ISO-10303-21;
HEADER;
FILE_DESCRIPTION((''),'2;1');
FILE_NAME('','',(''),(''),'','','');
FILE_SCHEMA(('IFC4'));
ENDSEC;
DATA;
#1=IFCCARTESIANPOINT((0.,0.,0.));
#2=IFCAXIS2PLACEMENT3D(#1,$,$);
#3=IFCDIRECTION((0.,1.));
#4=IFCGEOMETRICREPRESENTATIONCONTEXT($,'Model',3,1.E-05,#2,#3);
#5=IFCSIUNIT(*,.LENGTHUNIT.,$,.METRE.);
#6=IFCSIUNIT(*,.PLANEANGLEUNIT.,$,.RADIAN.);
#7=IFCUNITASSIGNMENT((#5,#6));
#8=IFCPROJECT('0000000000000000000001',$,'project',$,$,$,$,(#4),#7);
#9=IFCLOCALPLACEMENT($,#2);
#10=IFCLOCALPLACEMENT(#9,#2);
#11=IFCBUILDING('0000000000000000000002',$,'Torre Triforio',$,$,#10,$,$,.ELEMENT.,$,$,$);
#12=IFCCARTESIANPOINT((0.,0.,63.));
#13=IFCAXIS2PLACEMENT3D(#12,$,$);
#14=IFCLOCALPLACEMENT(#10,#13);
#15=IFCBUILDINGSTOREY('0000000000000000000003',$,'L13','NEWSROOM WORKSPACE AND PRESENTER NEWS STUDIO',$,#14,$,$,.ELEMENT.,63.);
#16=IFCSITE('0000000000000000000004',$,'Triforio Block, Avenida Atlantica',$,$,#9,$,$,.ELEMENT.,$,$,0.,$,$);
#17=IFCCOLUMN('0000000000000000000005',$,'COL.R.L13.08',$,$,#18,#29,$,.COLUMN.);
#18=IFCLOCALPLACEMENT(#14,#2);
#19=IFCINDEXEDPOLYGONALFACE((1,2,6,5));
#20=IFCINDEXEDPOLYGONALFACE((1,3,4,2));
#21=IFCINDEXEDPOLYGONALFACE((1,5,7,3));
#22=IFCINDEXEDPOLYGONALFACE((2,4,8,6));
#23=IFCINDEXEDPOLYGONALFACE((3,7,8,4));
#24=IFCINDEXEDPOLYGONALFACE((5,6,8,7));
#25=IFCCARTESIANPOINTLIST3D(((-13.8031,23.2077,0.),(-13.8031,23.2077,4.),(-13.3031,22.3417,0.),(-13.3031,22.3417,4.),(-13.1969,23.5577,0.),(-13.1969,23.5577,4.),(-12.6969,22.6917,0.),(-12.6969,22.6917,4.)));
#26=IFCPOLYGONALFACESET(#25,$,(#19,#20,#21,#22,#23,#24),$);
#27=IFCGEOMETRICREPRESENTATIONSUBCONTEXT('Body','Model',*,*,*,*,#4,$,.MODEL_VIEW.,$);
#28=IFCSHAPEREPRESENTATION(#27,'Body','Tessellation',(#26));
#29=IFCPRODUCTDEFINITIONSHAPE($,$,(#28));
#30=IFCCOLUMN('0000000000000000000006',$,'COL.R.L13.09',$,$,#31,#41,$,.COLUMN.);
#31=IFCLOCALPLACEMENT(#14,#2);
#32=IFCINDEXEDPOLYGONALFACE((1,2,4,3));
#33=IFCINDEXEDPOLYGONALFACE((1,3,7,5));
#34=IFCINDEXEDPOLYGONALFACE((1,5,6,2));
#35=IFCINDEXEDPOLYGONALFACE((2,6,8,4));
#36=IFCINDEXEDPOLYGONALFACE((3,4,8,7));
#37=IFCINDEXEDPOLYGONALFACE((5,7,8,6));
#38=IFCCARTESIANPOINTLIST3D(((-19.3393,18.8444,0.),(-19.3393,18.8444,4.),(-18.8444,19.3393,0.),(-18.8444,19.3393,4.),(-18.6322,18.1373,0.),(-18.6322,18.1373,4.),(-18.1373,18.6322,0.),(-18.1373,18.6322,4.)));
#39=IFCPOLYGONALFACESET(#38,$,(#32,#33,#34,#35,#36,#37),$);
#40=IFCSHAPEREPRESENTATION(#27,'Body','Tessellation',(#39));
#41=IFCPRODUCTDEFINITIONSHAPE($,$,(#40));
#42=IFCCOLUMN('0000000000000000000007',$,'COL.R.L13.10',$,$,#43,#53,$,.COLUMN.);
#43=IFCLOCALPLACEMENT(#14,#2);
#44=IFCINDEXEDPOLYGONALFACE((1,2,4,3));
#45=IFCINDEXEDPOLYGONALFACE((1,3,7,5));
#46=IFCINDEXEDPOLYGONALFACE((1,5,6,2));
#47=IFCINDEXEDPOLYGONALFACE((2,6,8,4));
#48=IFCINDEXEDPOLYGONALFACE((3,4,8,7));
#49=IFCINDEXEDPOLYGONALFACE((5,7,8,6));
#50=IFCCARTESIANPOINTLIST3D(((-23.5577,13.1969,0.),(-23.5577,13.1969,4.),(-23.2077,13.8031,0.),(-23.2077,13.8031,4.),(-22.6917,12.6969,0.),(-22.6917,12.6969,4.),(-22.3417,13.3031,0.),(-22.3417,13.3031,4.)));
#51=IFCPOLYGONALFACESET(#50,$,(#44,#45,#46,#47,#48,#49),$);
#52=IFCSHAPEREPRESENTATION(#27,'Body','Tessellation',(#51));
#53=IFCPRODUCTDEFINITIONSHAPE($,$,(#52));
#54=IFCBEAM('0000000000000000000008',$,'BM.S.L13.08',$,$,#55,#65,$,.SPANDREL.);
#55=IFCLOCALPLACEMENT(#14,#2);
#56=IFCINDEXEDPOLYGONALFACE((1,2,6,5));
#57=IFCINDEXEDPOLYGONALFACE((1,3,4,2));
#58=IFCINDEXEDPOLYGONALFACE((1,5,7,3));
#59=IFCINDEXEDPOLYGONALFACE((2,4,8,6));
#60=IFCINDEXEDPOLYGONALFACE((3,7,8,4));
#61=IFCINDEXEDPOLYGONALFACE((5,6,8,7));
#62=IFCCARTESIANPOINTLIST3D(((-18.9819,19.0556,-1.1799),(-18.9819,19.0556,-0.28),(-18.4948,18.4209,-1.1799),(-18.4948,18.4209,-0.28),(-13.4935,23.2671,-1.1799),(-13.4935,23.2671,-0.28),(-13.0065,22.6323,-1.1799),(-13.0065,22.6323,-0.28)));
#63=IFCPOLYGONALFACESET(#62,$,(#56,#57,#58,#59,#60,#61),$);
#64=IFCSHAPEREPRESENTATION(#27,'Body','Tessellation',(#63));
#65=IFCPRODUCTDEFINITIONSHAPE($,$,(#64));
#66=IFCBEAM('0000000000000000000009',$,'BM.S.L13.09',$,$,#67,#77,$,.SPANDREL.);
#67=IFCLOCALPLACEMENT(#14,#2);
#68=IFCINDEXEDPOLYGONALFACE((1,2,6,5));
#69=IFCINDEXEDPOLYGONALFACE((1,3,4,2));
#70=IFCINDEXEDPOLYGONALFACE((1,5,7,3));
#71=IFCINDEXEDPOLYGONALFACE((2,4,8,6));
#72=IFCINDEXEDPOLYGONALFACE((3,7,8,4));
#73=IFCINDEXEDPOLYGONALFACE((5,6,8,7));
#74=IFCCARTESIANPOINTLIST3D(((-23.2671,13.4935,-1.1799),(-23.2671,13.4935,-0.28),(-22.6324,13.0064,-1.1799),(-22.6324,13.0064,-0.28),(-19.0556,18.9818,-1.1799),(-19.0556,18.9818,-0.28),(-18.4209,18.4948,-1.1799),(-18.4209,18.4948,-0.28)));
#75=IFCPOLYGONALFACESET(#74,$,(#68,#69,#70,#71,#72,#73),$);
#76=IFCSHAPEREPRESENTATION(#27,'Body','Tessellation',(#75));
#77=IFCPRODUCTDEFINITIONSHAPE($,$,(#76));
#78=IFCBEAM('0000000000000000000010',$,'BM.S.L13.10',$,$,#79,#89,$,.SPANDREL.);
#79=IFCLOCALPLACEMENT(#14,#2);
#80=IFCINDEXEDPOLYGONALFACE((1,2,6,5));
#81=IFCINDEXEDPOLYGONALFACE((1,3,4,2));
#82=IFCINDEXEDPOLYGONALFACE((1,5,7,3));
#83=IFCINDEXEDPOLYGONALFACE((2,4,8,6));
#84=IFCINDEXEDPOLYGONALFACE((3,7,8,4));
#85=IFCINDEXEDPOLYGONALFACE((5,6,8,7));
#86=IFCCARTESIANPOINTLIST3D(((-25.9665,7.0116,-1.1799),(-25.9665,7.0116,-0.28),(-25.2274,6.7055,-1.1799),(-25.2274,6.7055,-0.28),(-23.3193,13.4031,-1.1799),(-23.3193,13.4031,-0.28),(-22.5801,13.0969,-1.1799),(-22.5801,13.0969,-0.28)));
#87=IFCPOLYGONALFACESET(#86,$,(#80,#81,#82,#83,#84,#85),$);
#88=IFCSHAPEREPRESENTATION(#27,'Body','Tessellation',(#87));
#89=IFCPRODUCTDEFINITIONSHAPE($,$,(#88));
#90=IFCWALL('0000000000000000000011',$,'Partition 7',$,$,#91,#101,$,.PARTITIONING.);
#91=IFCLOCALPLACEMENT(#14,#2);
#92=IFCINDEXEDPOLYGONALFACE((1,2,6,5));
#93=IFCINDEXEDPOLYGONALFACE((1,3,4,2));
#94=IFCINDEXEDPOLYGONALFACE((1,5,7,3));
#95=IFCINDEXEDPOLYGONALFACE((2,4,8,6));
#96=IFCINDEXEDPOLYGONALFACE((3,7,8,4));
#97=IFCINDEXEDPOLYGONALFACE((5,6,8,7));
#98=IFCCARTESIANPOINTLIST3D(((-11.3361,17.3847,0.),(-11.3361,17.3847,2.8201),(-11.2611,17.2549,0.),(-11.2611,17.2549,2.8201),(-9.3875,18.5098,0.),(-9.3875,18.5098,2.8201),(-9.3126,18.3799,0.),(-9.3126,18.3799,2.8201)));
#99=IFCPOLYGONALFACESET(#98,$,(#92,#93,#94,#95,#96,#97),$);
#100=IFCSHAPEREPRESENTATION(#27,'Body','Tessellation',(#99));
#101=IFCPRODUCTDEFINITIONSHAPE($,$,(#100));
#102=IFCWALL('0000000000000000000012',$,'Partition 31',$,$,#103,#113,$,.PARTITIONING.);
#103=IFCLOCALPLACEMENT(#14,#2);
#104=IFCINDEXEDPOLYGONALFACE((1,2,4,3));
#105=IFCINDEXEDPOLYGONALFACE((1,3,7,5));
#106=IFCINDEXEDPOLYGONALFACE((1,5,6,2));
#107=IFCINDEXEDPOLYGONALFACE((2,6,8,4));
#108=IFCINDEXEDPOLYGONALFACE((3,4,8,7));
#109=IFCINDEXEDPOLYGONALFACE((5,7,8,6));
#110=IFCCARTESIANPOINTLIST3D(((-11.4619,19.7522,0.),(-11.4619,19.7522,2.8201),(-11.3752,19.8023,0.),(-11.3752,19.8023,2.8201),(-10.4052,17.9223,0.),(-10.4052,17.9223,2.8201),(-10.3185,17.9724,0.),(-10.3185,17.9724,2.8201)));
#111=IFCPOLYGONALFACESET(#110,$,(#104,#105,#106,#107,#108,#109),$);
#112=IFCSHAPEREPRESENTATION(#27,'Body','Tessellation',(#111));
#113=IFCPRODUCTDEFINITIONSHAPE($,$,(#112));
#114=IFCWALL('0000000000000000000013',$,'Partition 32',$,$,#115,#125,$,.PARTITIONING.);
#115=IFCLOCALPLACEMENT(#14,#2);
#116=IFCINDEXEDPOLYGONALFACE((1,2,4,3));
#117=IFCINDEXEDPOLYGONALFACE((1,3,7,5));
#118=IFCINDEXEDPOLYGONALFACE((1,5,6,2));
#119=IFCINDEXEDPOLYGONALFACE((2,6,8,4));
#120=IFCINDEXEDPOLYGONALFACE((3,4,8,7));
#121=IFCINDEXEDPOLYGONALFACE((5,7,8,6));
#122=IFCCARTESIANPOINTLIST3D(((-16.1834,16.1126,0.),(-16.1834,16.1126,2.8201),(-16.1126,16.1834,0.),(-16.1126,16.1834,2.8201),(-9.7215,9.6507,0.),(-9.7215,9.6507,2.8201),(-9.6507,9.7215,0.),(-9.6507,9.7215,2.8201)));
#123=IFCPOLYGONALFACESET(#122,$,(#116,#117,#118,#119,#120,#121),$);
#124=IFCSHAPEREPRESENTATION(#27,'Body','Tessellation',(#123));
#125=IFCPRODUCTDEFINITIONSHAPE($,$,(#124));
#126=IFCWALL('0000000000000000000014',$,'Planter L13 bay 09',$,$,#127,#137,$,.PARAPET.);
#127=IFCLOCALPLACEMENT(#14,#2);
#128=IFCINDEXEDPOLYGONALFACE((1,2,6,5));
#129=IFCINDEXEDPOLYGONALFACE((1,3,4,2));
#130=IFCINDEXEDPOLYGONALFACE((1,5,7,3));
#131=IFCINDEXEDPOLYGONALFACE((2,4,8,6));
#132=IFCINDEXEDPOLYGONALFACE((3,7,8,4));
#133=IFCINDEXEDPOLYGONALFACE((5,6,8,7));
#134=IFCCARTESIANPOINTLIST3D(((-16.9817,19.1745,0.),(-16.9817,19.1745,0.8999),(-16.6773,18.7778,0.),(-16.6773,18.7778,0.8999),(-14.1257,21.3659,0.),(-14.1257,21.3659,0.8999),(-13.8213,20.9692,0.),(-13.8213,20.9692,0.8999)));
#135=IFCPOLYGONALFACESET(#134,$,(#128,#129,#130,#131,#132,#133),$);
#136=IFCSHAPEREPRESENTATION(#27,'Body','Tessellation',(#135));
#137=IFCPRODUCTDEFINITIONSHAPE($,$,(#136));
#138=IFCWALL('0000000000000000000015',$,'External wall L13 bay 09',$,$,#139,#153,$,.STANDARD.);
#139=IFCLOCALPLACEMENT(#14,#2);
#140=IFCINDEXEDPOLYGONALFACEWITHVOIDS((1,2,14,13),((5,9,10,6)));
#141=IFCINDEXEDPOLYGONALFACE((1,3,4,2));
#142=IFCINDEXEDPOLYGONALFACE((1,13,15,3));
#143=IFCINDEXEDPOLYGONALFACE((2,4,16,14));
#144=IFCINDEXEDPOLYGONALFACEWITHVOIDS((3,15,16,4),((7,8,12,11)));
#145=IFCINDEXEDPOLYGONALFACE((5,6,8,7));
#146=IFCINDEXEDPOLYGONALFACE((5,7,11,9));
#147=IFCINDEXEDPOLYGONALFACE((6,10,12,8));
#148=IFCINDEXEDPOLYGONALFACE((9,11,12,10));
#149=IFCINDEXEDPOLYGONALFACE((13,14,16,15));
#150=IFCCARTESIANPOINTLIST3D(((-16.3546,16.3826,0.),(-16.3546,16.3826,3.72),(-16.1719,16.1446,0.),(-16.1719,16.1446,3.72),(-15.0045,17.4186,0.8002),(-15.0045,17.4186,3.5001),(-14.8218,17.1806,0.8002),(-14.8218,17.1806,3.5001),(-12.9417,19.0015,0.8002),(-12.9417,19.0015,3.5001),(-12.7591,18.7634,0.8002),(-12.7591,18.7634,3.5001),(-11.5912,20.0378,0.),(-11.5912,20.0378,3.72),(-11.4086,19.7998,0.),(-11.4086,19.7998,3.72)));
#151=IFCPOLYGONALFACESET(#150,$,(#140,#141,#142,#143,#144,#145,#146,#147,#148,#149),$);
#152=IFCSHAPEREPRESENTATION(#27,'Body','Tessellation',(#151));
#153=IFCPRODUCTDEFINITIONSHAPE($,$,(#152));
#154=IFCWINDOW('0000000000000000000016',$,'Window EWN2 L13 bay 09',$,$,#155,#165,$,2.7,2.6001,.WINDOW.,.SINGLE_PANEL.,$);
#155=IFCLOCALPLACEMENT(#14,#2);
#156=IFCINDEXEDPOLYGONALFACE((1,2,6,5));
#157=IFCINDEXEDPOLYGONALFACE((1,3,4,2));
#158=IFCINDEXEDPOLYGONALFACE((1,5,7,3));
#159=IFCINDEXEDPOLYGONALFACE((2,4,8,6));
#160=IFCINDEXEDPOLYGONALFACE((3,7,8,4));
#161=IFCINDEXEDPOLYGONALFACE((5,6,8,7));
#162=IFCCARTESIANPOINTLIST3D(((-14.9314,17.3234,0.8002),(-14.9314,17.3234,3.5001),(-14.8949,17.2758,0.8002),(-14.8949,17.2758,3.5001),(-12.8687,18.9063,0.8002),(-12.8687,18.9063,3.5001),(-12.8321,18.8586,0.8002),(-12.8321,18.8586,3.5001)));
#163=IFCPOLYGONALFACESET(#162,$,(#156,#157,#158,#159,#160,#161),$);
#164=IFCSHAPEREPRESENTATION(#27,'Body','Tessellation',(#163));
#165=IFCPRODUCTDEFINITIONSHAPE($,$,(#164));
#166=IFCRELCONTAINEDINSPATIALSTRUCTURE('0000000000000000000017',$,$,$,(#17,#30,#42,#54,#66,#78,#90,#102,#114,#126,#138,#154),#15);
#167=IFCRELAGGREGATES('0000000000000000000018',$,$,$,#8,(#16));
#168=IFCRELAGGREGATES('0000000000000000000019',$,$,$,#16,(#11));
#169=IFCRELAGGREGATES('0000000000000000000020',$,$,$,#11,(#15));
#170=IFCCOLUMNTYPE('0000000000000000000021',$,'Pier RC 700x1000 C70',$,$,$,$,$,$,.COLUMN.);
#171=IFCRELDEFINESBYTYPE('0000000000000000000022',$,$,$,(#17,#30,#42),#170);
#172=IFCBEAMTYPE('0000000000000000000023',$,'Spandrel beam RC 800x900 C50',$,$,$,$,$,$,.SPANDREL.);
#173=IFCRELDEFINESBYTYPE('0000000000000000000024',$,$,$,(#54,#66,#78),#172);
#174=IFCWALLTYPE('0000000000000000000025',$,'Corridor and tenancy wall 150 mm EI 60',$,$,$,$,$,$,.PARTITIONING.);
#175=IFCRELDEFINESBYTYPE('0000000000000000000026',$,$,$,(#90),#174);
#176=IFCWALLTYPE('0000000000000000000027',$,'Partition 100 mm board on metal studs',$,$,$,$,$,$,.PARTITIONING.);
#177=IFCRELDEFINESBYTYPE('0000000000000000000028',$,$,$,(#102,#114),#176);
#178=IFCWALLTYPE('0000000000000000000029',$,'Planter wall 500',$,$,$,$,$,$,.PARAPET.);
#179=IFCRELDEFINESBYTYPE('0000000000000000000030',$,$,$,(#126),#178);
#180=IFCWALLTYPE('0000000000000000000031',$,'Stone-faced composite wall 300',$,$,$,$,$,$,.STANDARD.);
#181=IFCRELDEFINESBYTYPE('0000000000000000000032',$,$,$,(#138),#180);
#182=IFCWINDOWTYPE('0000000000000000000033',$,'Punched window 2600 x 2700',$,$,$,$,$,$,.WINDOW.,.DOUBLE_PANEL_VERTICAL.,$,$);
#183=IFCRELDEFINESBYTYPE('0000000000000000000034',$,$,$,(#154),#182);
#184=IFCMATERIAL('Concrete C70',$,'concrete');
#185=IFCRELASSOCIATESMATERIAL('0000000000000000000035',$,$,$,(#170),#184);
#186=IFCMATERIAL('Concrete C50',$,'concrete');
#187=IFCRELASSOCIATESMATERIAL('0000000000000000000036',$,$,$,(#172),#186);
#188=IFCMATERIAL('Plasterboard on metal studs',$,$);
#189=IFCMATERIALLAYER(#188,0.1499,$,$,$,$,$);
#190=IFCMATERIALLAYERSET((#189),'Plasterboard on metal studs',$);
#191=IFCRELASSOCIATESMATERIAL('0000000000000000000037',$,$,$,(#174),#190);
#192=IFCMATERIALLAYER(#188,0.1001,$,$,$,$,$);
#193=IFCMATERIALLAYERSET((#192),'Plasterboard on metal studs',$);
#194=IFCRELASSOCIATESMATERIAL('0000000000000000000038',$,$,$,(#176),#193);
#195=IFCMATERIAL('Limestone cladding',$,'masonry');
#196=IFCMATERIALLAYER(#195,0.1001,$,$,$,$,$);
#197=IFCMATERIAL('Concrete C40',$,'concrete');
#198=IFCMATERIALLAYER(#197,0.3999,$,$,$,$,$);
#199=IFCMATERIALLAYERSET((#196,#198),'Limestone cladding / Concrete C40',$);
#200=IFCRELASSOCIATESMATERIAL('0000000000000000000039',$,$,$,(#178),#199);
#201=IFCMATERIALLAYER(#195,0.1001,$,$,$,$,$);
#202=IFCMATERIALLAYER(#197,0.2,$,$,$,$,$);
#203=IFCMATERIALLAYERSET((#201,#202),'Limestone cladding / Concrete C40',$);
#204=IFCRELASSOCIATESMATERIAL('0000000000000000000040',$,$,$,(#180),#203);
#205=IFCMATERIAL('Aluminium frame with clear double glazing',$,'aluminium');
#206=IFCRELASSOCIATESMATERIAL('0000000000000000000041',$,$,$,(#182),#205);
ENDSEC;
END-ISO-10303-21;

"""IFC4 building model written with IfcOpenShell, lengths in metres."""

from ifc_helpers import new_model, si_unit, direction, frame, frame_2d, origin, origin_2d, place, context, subcontext, project, spatial, rectangle, extrude, material, layer, layer_set, material_profile, profile_set, type_object, element, fill, save


model = new_model("IFC4")

# Units and contexts
model_context = context("Model", 3, precision=1e-05, world=origin(), true_north=direction((0.0, 1.0)))
body_context = subcontext(model_context, "Body", "Model", "MODEL_VIEW")
ifc_project = project(units=[si_unit("LENGTHUNIT", "METRE"), si_unit("PLANEANGLEUNIT", "RADIAN")], contexts=[model_context])

# Site, building, storey
site_placement = place(None, origin())
site = spatial("IfcSite", under=ifc_project, at=site_placement, Name="Triforio Block, Avenida Atlantica", CompositionType="ELEMENT", RefElevation=0.0)
building_placement = place(site_placement, origin())
building = spatial("IfcBuilding", under=site, at=building_placement, Name="Torre Triforio", CompositionType="ELEMENT")
storey_placement = place(building_placement, frame((0.0, 0.0, 63.0)))
storey = spatial("IfcBuildingStorey", under=building, at=storey_placement, Name="L13", Description="NEWSROOM WORKSPACE AND PRESENTER NEWS STUDIO", CompositionType="ELEMENT", Elevation=63.0)

# Columns
ifc_material_1 = material(Name="Concrete C70", Category="concrete")
ifc_material_profile_1 = material_profile(ifc_material_1, rectangle(XDim=0.7, YDim=1.0, at=origin_2d()), Name="RC 700x1000")
ifc_profile_set_1 = profile_set([ifc_material_profile_1], Name="Concrete C70")
column_type = type_object("IfcColumnType", Name="Pier RC 700x1000 C70", PredefinedType="COLUMN", material=ifc_profile_set_1)
for number, where, z_axis, x_axis, name in (
    (1, (-13.25, 22.9497, 0.0), (0.0, 0.0, 1.0), (-0.866025, -0.5, 0.0), "COL.R.L13.08"),
    (2, (-18.7383, 18.7383, 0.0), (0.0, 0.0, 1.0), (-0.707107, -0.707107, 0.0), "COL.R.L13.09"),
    (3, (-22.9497, 13.25, 0.0), (0.0, 0.0, 1.0), (-0.5, -0.866025, 0.0), "COL.R.L13.10"),
):
    element("IfcColumn", number, at=place(storey_placement, frame(where, z_axis=z_axis, x_axis=x_axis)), inside=storey, type_object=column_type, Name=name, PredefinedType="COLUMN", context=body_context, shape_type="SweptSolid", body=[
        extrude(rectangle(XDim=0.7, YDim=1.0, at=origin_2d()), origin(), (0.0, 0.0, 1.0), 4.0),
    ])

# Beams
ifc_material_2 = material(Name="Concrete C50", Category="concrete")
ifc_material_profile_2 = material_profile(ifc_material_2, rectangle(XDim=0.8, YDim=0.8999, at=origin_2d()), Name="RC 800x900")
ifc_profile_set_2 = profile_set([ifc_material_profile_2], Name="Concrete C50")
beam_type = type_object("IfcBeamType", Name="Spandrel beam RC 800x900 C50", PredefinedType="SPANDREL", material=ifc_profile_set_2)
for number, where, z_axis, x_axis, name in (
    (4, (-13.25, 22.9497, -0.73), (-0.793345, -0.608772, 0.0), (0.608772, -0.793345, 0.0), "BM.S.L13.08"),
    (5, (-18.7383, 18.7383, -0.73), (-0.608772, -0.793345, 0.0), (0.793345, -0.608772, 0.0), "BM.S.L13.09"),
    (6, (-22.9497, 13.25, -0.73), (-0.382662, -0.923888, 0.0), (0.923888, -0.382662, 0.0), "BM.S.L13.10"),
):
    element("IfcBeam", number, at=place(storey_placement, frame(where, z_axis=z_axis, x_axis=x_axis)), inside=storey, type_object=beam_type, Name=name, PredefinedType="SPANDREL", context=body_context, shape_type="SweptSolid", body=[
        extrude(rectangle(XDim=0.8, YDim=0.8999, at=origin_2d()), origin(), (0.0, 0.0, 1.0), 6.918),
    ])

# Walls
ifc_material_3 = material(Name="Plasterboard on metal studs")
ifc_layer_1 = layer(ifc_material_3, 0.1499)
ifc_layer_set_1 = layer_set([ifc_layer_1], Name="Plasterboard on metal studs")
wall_type_1 = type_object("IfcWallType", Name="Corridor and tenancy wall 150 mm EI 60", PredefinedType="PARTITIONING", material=ifc_layer_set_1)
wall_1_placement = place(storey_placement, frame((-11.2986, 17.3198, 0.0), z_axis=(0.0, 0.0, 1.0), x_axis=(0.866018, 0.500014, 0.0)))
element("IfcWall", 7, at=wall_1_placement, inside=storey, type_object=wall_type_1, Name="Partition 7", PredefinedType="PARTITIONING", context=body_context, shape_type="SweptSolid", body=[
    extrude(rectangle(XDim=2.25, YDim=0.1499, at=frame_2d((1.125, 0.0))), origin(), (0.0, 0.0, 1.0), 2.8201),
])
ifc_layer_2 = layer(ifc_material_3, 0.1001)
ifc_layer_set_2 = layer_set([ifc_layer_2], Name="Plasterboard on metal studs")
wall_type_2 = type_object("IfcWallType", Name="Partition 100 mm board on metal studs", PredefinedType="PARTITIONING", material=ifc_layer_set_2)
wall_2_placement = place(storey_placement, frame((-10.3618, 17.9473, 0.0), z_axis=(0.0, 0.0, 1.0), x_axis=(-0.500066, 0.865987, 0.0)))
element("IfcWall", 8, at=wall_2_placement, inside=storey, type_object=wall_type_2, Name="Partition 31", PredefinedType="PARTITIONING", context=body_context, shape_type="SweptSolid", body=[
    extrude(rectangle(XDim=2.113, YDim=0.1001, at=frame_2d((1.0566, 0.0))), origin(), (0.0, 0.0, 1.0), 2.8201),
])
wall_3_placement = place(storey_placement, frame((-9.686, 9.686, 0.0), z_axis=(0.0, 0.0, 1.0), x_axis=(-0.707107, 0.707107, 0.0)))
element("IfcWall", 9, at=wall_3_placement, inside=storey, type_object=wall_type_2, Name="Partition 32", PredefinedType="PARTITIONING", context=body_context, shape_type="SweptSolid", body=[
    extrude(rectangle(XDim=9.1384, YDim=0.1001, at=frame_2d((4.5693, 0.0))), origin(), (0.0, 0.0, 1.0), 2.8201),
])
ifc_material_4 = material(Name="Limestone cladding", Category="masonry")
ifc_layer_3 = layer(ifc_material_4, 0.1001)
ifc_material_5 = material(Name="Concrete C40", Category="concrete")
ifc_layer_4 = layer(ifc_material_5, 0.3999)
ifc_layer_set_3 = layer_set([ifc_layer_3, ifc_layer_4], Name="Limestone cladding / Concrete C40")
wall_type_3 = type_object("IfcWallType", Name="Planter wall 500", PredefinedType="PARAPET", material=ifc_layer_set_3)
wall_4_placement = place(storey_placement, frame((-13.9736, 21.1675, 0.0), z_axis=(0.0, 0.0, 1.0), x_axis=(-0.79336, -0.608753, 0.0)))
element("IfcWall", 10, at=wall_4_placement, inside=storey, type_object=wall_type_3, Name="Planter L13 bay 09", PredefinedType="PARAPET", context=body_context, shape_type="SweptSolid", body=[
    extrude(rectangle(XDim=3.5999, YDim=0.5, at=frame_2d((1.7998, 0.0))), origin(), (0.0, 0.0, 1.0), 0.8999),
])

# Wall, opening, window
ifc_layer_5 = layer(ifc_material_4, 0.1001)
ifc_layer_6 = layer(ifc_material_5, 0.2)
ifc_layer_set_4 = layer_set([ifc_layer_5, ifc_layer_6], Name="Limestone cladding / Concrete C40")
wall_type_4 = type_object("IfcWallType", Name="Stone-faced composite wall 300", PredefinedType="STANDARD", material=ifc_layer_set_4)
wall_5_placement = place(storey_placement, frame((-11.5, 19.9187, 0.0), z_axis=(0.0, 0.0, 1.0), x_axis=(-0.79334, -0.608779, 0.0)))
wall_5 = element("IfcWall", 11, at=wall_5_placement, inside=storey, type_object=wall_type_4, Name="External wall L13 bay 09", PredefinedType="STANDARD", context=body_context, shape_type="SweptSolid", body=[
    extrude(rectangle(XDim=6.0042, YDim=0.3, at=frame_2d((3.002, 0.0))), origin(), (0.0, 0.0, 1.0), 3.72),
])
opening_1_placement = place(wall_5_placement, frame((1.7021, 0.0, 0.8)))
opening_1 = element("IfcOpeningElement", 12, at=opening_1_placement, cuts=wall_5, PredefinedType="OPENING", context=body_context, shape_type="SweptSolid", body=[
    extrude(rectangle(XDim=2.6001, YDim=2.7, at=frame_2d((1.3, 1.3501))), frame((0.0, 0.1599, 0.0), z_axis=(0.0, -1.0, 0.0), x_axis=(1.0, 0.0, 0.0)), (0.0, 0.0, 1.0), 0.3201),
])
ifc_material_6 = material(Name="Aluminium frame with clear double glazing", Category="aluminium")
window_type_1 = type_object("IfcWindowType", Name="Punched window 2600 x 2700", PartitioningType="DOUBLE_PANEL_VERTICAL", PredefinedType="WINDOW", material=ifc_material_6)
window_1_placement = place(opening_1_placement, origin())
window_1 = element("IfcWindow", 13, at=window_1_placement, inside=storey, type_object=window_type_1, Name="Window EWN2 L13 bay 09", OverallHeight=2.7, OverallWidth=2.6001, PartitioningType="SINGLE_PANEL", PredefinedType="WINDOW", context=body_context, shape_type="SweptSolid", body=[
    extrude(rectangle(XDim=2.6001, YDim=2.7, at=frame_2d((1.3, 1.3501))), frame((0.0, 0.03, 0.0), z_axis=(0.0, -1.0, 0.0), x_axis=(1.0, 0.0, 0.0)), (0.0, 0.0, 1.0), 0.0601),
])
fill(opening_1, window_1)

save(model, "model.ifc")
